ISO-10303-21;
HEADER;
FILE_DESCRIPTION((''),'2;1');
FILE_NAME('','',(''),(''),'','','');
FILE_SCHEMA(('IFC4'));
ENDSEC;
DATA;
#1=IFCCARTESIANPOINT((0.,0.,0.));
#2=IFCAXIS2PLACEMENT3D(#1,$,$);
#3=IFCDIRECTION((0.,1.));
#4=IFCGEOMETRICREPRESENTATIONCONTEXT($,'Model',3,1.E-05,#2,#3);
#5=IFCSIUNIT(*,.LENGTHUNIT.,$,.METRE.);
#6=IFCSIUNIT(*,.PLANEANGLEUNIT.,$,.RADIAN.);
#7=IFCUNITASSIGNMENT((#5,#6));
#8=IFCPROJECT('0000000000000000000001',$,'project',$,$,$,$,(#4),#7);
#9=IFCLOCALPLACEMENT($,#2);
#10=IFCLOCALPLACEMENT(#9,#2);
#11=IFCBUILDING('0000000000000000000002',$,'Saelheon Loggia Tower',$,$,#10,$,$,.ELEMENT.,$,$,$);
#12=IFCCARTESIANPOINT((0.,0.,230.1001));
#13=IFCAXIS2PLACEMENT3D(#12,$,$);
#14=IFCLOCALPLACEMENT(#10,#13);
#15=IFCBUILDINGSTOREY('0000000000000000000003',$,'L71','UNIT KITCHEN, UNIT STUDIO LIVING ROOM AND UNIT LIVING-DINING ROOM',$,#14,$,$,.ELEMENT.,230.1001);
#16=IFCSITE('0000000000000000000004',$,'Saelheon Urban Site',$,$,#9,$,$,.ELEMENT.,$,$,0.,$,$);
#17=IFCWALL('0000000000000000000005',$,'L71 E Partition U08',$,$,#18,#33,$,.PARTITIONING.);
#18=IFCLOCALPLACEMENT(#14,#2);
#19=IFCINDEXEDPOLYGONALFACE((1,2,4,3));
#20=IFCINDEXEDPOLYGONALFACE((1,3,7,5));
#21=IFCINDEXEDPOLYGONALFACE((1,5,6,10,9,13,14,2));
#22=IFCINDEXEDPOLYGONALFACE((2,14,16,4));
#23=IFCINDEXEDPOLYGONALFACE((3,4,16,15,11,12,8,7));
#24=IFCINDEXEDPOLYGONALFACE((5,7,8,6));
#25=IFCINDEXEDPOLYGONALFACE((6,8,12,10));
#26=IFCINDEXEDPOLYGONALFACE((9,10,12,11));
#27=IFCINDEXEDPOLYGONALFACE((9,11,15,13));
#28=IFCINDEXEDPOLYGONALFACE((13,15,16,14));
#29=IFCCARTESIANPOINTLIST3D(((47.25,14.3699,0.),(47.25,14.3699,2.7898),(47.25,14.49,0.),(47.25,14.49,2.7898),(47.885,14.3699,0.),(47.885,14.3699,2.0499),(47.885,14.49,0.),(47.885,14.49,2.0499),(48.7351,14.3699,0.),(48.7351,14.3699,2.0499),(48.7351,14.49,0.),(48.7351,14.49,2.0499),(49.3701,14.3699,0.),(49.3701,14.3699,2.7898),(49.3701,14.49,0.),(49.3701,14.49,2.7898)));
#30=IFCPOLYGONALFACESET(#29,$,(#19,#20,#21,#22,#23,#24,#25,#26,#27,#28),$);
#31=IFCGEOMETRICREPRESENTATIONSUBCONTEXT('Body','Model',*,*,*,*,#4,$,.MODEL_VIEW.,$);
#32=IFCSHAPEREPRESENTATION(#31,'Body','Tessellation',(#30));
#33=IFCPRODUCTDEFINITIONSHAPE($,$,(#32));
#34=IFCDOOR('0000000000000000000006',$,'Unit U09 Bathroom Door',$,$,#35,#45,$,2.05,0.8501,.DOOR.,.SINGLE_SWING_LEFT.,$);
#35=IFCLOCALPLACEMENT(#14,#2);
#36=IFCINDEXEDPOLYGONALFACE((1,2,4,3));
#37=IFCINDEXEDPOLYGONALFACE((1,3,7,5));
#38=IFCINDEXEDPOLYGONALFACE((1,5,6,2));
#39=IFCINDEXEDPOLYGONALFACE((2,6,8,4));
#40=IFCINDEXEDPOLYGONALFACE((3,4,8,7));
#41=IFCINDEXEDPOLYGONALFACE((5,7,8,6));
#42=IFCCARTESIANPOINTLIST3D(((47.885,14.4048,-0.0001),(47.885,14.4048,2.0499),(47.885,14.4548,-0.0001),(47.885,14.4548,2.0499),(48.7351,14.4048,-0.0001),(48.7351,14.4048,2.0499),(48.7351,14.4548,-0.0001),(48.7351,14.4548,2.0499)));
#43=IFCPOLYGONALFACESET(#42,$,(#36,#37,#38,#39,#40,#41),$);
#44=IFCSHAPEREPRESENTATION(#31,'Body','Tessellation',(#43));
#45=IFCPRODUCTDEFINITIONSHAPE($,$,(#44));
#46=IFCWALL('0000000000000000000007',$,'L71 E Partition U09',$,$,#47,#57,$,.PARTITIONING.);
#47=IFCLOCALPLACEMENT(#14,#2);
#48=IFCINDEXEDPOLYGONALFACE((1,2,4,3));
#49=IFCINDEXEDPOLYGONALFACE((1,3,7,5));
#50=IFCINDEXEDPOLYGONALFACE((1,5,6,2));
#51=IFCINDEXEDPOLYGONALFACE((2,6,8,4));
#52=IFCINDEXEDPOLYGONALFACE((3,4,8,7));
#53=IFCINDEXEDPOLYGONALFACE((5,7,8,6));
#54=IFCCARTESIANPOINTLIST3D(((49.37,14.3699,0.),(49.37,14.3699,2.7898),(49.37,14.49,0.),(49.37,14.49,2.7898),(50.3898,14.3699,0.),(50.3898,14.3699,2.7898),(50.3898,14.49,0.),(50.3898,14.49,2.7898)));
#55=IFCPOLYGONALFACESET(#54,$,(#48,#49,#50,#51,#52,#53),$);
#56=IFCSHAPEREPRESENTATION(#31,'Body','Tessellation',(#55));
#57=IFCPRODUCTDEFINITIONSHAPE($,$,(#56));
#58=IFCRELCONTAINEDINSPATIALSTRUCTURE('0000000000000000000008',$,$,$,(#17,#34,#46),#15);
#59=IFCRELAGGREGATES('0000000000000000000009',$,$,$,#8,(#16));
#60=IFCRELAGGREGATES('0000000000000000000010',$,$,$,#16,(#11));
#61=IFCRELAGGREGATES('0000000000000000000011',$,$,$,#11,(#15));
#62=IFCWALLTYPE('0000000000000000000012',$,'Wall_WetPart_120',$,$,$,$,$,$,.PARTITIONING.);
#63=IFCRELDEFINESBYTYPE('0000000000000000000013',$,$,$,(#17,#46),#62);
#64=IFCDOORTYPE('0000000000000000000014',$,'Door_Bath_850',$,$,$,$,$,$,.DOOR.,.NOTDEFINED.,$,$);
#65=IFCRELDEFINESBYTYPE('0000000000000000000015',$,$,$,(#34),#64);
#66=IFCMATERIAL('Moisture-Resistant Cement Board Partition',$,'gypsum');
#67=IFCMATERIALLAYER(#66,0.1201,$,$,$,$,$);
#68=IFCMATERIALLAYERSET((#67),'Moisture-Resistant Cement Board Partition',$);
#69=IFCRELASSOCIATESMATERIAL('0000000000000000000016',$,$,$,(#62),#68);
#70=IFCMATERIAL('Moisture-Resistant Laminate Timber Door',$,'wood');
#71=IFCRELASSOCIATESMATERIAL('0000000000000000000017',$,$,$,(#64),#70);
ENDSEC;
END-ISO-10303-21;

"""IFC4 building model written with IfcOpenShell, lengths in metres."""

from ifc_helpers import new_model, si_unit, direction, frame, frame_2d, origin, place, context, subcontext, project, spatial, rectangle, extrude, source, transform, mapped, material, layer, layer_set, type_object, element, fill, save


model = new_model("IFC4")

# Units and contexts
model_context = context("Model", 3, precision=1e-05, world=origin(), true_north=direction((0.0, 1.0)))
body_context = subcontext(model_context, "Body", "Model", "MODEL_VIEW")
ifc_project = project(units=[si_unit("LENGTHUNIT", "METRE"), si_unit("PLANEANGLEUNIT", "RADIAN")], contexts=[model_context])

# Site, building, storey
site_placement = place(None, origin())
site = spatial("IfcSite", under=ifc_project, at=site_placement, Name="Saelheon Urban Site", CompositionType="ELEMENT", RefElevation=0.0)
building_placement = place(site_placement, origin())
building = spatial("IfcBuilding", under=site, at=building_placement, Name="Saelheon Loggia Tower", CompositionType="ELEMENT")
storey_placement = place(building_placement, frame((0.0, 0.0, 230.1001)))
storey = spatial("IfcBuildingStorey", under=building, at=storey_placement, Name="L71", Description="UNIT KITCHEN, UNIT STUDIO LIVING ROOM AND UNIT LIVING-DINING ROOM", CompositionType="ELEMENT", Elevation=230.1001)

# Shared definitions
ifc_material_1 = material(Name="Moisture-Resistant Cement Board Partition", Category="gypsum")
ifc_layer_1 = layer(ifc_material_1, 0.1201)
ifc_layer_set_1 = layer_set([ifc_layer_1], Name="Moisture-Resistant Cement Board Partition")
wall_type_1 = type_object("IfcWallType", Name="Wall_WetPart_120", PredefinedType="PARTITIONING", material=ifc_layer_set_1)

# Wall, opening, door
wall_1_placement = place(storey_placement, frame((47.25, 14.4299, 0.0), z_axis=(0.0, 0.0, 1.0), x_axis=(1.0, 0.0, 0.0)))
wall_1 = element("IfcWall", 1, at=wall_1_placement, inside=storey, type_object=wall_type_1, Name="L71 E Partition U08", PredefinedType="PARTITIONING", context=body_context, shape_type="SweptSolid", body=[
    extrude(rectangle(XDim=2.1201, YDim=0.1201, at=frame_2d((1.0601, 0.0))), origin(), (0.0, 0.0, 1.0), 2.7898),
])
opening_1_placement = place(wall_1_placement, frame((0.635, 0.0, 0.0)))
opening_1 = element("IfcOpeningElement", 2, at=opening_1_placement, cuts=wall_1, PredefinedType="OPENING", context=body_context, shape_type="SweptSolid", body=[
    extrude(rectangle(XDim=0.8501, YDim=2.05, at=frame_2d((0.425, 1.0249))), frame((0.0, 0.072, 0.0), z_axis=(0.0, -1.0, 0.0), x_axis=(1.0, 0.0, 0.0)), (0.0, 0.0, 1.0), 0.144),
])
ifc_material_2 = material(Name="Moisture-Resistant Laminate Timber Door", Category="wood")
door_type_1 = type_object("IfcDoorType", Name="Door_Bath_850", OperationType="NOTDEFINED", PredefinedType="DOOR", material=ifc_material_2)
shared_shape_1 = source(origin(), body_context, "Body", "SweptSolid", [
    extrude(rectangle(XDim=0.8501, YDim=2.05, at=frame_2d((0.425, 1.0249))), frame((0.0, 0.0249, 0.0), z_axis=(0.0, -1.0, 0.0), x_axis=(1.0, 0.0, 0.0)), (0.0, 0.0, 1.0), 0.05),
])
door_1_placement = place(opening_1_placement, origin())
door_1 = element("IfcDoor", 3, at=door_1_placement, inside=storey, type_object=door_type_1, Name="Unit U09 Bathroom Door", OperationType="SINGLE_SWING_LEFT", OverallHeight=2.05, OverallWidth=0.8501, PredefinedType="DOOR", context=body_context, shape_type="MappedRepresentation", body=[
    mapped(shared_shape_1, transform((0.0, 0.0, 0.0), scale=1.0)),
])
fill(opening_1, door_1)

# Wall
wall_2_placement = place(storey_placement, frame((49.3701, 14.4299, 0.0), z_axis=(0.0, 0.0, 1.0), x_axis=(1.0, 0.0, 0.0)))
element("IfcWall", 4, at=wall_2_placement, inside=storey, type_object=wall_type_1, Name="L71 E Partition U09", PredefinedType="PARTITIONING", context=body_context, shape_type="SweptSolid", body=[
    extrude(rectangle(XDim=1.0198, YDim=0.1201, at=frame_2d((0.5098, 0.0))), origin(), (0.0, 0.0, 1.0), 2.7898),
])

save(model, "model.ifc")
